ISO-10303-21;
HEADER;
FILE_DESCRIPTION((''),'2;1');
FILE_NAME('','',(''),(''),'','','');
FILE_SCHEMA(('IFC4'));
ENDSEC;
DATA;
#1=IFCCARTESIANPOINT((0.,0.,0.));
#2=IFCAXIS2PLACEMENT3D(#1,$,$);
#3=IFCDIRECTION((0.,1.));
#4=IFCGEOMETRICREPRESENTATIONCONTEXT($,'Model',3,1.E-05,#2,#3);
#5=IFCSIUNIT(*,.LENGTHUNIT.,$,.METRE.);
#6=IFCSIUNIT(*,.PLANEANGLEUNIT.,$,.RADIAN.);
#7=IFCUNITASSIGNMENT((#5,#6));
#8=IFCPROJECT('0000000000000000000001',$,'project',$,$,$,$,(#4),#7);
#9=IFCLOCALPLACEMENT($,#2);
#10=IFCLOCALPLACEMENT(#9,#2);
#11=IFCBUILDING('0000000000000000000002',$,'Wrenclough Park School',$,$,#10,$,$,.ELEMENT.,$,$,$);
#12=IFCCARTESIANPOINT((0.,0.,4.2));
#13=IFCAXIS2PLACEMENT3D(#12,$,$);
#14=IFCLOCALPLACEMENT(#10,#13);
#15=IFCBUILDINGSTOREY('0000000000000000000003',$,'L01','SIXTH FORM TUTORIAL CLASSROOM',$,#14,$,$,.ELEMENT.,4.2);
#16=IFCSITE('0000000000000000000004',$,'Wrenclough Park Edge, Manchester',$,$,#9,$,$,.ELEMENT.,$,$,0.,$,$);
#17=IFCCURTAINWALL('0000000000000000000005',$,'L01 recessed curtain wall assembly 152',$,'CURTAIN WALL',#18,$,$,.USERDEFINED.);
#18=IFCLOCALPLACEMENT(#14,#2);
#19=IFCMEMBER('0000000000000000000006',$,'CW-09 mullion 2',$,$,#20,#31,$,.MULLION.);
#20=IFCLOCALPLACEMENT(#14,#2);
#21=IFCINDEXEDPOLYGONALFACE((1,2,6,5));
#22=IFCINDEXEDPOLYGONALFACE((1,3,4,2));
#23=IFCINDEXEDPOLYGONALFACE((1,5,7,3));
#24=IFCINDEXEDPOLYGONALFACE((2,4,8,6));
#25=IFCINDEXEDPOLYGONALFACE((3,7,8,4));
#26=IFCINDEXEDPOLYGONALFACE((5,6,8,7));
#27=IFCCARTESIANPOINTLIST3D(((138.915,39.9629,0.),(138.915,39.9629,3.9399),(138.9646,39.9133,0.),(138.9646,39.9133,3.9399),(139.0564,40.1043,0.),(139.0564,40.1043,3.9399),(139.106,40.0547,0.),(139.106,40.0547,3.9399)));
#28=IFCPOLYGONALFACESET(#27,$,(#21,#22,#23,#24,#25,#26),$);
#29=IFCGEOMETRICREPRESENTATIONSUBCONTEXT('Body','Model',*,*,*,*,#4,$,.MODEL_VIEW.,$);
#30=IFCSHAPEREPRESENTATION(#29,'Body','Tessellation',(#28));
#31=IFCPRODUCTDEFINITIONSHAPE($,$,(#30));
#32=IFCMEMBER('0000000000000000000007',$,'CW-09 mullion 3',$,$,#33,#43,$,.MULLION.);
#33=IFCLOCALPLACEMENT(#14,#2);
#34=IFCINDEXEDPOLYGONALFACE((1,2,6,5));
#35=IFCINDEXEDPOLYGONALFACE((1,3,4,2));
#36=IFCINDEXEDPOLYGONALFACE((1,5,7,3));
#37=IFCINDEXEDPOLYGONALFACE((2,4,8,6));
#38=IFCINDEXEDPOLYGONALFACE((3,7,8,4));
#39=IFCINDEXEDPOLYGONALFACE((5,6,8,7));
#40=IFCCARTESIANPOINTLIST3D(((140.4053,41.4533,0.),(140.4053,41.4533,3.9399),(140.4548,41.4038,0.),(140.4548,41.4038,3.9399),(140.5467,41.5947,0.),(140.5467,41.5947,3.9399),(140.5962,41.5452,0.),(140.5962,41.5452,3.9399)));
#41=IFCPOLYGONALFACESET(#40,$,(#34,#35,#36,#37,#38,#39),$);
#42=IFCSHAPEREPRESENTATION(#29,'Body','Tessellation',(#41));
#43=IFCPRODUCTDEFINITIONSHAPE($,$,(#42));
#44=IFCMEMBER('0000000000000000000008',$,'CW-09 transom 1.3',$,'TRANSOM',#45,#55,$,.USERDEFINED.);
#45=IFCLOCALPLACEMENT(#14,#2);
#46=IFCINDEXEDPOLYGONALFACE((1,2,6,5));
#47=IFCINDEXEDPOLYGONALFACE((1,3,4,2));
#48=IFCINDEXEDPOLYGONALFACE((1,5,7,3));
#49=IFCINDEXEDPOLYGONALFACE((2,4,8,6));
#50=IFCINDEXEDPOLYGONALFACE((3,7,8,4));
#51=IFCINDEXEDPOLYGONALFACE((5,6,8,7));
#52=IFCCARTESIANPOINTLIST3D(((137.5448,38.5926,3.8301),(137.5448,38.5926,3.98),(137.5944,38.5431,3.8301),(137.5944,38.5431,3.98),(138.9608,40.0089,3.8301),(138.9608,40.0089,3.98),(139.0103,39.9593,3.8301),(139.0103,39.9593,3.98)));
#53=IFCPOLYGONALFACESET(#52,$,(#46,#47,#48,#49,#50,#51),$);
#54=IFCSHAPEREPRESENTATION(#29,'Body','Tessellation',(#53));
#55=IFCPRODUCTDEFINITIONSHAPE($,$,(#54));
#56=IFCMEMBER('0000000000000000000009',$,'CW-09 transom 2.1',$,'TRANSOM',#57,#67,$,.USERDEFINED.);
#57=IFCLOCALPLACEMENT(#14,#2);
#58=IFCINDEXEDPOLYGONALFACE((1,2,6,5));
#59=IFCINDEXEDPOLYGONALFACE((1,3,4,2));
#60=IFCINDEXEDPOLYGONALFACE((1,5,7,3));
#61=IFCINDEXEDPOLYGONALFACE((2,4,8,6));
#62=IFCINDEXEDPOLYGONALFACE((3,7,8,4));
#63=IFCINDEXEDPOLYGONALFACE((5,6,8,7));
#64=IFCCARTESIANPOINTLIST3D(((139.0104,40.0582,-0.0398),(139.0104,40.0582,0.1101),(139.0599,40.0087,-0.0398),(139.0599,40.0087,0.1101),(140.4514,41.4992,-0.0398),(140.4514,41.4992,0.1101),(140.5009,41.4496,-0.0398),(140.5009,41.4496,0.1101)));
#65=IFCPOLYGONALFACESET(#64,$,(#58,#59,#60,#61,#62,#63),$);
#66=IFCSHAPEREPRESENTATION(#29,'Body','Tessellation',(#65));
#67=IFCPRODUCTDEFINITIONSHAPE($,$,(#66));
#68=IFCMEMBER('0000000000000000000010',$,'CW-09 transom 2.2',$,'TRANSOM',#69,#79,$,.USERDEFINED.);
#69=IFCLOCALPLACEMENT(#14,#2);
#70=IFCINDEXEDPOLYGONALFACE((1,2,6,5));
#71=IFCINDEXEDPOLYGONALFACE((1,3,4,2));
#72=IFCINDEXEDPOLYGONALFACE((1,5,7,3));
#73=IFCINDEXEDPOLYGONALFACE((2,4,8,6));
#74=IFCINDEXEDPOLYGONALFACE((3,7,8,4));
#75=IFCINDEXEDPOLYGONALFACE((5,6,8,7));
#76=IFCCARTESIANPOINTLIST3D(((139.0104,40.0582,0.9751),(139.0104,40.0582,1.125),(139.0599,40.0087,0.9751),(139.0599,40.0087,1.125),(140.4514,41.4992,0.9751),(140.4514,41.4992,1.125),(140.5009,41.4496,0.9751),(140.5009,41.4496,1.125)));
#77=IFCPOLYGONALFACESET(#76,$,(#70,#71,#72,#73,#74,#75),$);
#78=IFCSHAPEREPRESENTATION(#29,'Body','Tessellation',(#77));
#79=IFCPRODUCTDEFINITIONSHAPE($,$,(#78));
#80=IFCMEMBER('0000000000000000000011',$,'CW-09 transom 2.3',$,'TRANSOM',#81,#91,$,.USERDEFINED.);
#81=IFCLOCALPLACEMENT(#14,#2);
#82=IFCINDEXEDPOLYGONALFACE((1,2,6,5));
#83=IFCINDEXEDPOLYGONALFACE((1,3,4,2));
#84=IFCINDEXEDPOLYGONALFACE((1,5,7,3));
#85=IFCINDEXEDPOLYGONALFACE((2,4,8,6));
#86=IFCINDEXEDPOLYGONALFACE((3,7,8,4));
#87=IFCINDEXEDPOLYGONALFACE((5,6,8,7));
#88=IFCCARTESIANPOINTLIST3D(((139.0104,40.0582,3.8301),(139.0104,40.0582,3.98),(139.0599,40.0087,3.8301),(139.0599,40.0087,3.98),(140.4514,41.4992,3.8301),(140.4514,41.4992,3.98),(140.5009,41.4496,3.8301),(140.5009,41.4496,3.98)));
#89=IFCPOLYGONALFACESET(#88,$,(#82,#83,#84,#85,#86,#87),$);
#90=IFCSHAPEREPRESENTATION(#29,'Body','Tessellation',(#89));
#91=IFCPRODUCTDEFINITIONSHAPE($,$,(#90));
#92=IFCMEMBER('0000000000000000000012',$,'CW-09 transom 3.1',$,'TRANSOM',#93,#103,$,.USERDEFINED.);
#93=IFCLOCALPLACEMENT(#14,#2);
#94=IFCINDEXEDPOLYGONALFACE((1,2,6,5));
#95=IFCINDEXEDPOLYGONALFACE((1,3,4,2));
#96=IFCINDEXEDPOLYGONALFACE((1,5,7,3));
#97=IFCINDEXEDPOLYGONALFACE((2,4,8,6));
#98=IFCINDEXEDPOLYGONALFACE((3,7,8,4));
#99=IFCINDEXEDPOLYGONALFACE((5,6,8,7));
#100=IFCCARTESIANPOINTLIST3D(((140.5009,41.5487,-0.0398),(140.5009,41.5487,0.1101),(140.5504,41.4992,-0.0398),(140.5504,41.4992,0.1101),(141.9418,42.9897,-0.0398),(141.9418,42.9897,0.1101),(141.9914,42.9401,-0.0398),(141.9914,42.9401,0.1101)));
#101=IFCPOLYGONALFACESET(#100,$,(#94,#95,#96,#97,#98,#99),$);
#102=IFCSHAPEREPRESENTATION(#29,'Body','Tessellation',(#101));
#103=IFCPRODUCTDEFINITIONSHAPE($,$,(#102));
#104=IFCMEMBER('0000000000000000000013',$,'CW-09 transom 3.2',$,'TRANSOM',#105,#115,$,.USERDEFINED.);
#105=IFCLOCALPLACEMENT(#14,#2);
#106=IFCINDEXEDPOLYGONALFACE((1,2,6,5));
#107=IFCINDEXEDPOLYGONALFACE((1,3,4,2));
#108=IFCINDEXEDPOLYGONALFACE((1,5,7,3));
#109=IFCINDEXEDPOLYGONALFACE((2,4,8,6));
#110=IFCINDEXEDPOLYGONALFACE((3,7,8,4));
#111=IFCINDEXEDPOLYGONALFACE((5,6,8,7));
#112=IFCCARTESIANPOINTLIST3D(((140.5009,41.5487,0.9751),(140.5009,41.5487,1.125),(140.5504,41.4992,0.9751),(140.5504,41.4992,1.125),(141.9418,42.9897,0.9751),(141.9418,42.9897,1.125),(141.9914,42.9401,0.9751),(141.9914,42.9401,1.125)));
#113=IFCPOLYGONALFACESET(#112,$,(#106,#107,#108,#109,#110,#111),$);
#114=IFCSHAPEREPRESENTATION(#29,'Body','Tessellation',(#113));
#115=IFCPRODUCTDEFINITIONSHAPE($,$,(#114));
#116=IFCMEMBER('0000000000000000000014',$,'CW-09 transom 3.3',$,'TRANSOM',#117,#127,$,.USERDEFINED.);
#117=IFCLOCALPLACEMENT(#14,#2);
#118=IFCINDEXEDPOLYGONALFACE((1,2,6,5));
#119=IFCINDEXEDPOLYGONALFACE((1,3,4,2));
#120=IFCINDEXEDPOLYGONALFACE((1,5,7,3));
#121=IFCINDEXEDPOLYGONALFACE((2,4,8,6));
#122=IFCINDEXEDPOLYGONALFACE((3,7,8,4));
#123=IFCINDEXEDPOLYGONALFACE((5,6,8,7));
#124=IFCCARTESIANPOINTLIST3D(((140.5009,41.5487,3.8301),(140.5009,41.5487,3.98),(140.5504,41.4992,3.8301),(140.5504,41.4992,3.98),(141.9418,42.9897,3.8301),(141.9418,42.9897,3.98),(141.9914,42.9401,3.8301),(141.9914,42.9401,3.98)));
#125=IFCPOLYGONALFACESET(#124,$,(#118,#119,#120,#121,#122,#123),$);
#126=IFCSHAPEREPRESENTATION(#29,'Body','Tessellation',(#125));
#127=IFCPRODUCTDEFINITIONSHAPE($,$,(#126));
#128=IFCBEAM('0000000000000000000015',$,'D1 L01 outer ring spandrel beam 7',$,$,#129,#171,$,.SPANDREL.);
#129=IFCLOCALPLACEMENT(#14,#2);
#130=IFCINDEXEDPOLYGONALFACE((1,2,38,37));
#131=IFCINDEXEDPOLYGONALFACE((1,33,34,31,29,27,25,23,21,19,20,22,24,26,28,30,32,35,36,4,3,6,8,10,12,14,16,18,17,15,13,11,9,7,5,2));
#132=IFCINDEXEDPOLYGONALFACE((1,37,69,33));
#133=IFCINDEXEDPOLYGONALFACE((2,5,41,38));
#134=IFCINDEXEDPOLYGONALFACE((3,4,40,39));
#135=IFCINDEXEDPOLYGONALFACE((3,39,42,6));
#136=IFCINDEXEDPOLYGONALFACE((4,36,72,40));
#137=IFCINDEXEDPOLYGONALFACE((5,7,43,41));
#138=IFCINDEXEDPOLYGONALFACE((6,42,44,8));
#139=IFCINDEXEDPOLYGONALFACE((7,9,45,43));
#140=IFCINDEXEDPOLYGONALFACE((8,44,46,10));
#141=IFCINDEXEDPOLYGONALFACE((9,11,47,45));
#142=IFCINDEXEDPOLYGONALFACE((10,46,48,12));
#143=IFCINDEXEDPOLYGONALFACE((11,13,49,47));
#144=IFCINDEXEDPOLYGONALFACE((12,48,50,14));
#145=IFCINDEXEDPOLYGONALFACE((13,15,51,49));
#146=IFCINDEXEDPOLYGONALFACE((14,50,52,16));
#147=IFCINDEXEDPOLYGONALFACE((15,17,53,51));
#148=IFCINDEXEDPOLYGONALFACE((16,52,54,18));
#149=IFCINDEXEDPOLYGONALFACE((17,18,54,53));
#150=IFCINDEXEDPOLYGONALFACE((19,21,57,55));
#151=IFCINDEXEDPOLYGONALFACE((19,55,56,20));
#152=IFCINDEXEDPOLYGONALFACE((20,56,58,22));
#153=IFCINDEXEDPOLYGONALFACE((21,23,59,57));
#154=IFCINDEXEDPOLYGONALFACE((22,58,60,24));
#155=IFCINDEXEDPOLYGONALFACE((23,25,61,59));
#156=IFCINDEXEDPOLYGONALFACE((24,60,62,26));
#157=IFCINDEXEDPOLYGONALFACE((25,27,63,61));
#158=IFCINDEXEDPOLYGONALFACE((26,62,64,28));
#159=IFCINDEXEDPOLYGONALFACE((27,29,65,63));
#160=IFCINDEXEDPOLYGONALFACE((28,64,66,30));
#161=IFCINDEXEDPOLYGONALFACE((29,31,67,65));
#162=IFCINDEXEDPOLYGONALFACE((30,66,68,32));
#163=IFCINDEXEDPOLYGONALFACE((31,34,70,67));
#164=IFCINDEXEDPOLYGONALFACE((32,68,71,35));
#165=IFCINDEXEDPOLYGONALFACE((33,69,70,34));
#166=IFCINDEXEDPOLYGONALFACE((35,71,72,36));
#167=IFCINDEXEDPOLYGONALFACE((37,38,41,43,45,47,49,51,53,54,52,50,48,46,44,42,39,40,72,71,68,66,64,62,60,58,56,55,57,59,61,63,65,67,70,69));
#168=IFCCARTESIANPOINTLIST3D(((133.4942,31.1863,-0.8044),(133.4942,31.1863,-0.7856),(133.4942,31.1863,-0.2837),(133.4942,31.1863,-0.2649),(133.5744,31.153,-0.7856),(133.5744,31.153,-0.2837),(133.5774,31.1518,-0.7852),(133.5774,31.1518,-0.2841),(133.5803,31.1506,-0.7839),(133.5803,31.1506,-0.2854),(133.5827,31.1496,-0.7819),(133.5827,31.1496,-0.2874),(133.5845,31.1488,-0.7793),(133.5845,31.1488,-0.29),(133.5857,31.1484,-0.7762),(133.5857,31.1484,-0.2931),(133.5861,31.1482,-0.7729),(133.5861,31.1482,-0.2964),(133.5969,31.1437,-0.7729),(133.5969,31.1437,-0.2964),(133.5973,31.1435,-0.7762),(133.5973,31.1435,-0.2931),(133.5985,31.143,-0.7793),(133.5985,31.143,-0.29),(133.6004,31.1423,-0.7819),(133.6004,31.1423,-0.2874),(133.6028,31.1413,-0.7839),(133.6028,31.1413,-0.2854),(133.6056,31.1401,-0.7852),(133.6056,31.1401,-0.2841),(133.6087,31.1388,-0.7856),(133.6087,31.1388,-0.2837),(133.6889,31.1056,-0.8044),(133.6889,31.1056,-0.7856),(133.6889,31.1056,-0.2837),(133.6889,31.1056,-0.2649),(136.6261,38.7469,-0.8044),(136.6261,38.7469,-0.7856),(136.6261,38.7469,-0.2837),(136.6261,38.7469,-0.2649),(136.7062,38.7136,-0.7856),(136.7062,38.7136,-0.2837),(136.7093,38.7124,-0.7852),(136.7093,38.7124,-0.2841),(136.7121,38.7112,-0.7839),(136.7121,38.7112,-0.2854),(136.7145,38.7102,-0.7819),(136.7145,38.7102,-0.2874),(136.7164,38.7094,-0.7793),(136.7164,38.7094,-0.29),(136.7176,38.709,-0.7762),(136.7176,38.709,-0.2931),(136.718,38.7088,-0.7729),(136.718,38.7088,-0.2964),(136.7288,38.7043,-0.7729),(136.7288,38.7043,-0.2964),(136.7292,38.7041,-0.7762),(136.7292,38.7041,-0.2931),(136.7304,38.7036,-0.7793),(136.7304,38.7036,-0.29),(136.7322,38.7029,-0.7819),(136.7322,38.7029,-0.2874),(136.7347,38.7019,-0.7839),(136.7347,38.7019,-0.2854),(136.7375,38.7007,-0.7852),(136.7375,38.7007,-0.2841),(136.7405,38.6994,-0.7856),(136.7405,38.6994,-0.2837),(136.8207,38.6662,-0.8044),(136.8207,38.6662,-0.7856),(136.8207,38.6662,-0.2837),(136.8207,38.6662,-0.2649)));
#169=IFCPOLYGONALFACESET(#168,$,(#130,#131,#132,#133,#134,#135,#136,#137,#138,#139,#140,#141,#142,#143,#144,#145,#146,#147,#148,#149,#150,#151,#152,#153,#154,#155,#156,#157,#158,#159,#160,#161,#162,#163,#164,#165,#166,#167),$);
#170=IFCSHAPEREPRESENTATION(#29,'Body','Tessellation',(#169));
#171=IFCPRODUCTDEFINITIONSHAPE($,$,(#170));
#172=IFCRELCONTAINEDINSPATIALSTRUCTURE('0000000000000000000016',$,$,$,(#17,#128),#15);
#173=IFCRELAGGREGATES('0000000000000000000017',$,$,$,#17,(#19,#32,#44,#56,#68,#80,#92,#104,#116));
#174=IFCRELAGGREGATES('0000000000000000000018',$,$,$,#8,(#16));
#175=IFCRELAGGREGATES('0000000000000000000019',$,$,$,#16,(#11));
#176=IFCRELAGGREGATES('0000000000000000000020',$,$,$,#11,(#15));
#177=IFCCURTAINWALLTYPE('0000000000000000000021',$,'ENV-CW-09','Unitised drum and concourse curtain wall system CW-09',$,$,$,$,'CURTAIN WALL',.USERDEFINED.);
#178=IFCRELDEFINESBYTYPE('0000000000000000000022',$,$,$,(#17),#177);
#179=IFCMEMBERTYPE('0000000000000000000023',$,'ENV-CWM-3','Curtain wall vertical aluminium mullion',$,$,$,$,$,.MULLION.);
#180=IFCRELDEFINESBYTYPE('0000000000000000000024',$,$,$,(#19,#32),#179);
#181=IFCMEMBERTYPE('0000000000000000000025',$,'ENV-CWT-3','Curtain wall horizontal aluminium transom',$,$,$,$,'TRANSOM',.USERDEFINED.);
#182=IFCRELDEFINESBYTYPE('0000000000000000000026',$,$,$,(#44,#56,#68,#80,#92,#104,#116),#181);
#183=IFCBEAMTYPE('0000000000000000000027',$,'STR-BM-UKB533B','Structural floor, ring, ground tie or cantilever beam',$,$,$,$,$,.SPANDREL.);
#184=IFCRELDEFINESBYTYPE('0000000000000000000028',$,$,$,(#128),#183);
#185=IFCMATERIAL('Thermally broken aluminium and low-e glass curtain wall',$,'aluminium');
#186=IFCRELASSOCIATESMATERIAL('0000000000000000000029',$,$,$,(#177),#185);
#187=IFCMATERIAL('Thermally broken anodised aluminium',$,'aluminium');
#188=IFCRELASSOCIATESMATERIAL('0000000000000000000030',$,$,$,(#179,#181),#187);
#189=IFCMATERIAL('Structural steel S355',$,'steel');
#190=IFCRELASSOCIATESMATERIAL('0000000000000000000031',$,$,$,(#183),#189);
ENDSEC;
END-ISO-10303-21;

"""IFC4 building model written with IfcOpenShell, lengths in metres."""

from ifc_helpers import new_model, si_unit, direction, frame, origin, origin_2d, place, context, subcontext, project, spatial, rectangle, i_section, extrude, material, material_profile, profile_set, type_object, element, aggregate, save


model = new_model("IFC4")

# Units and contexts
model_context = context("Model", 3, precision=1e-05, world=origin(), true_north=direction((0.0, 1.0)))
body_context = subcontext(model_context, "Body", "Model", "MODEL_VIEW")
ifc_project = project(units=[si_unit("LENGTHUNIT", "METRE"), si_unit("PLANEANGLEUNIT", "RADIAN")], contexts=[model_context])

# Site, building, storey
site_placement = place(None, origin())
site = spatial("IfcSite", under=ifc_project, at=site_placement, Name="Wrenclough Park Edge, Manchester", CompositionType="ELEMENT", RefElevation=0.0)
building_placement = place(site_placement, origin())
building = spatial("IfcBuilding", under=site, at=building_placement, Name="Wrenclough Park School", CompositionType="ELEMENT")
storey_placement = place(building_placement, frame((0.0, 0.0, 4.2)))
storey = spatial("IfcBuildingStorey", under=building, at=storey_placement, Name="L01", Description="SIXTH FORM TUTORIAL CLASSROOM", CompositionType="ELEMENT", Elevation=4.2)

# Curtain wall, members
ifc_material_1 = material(Name="Thermally broken aluminium and low-e glass curtain wall", Category="aluminium")
curtain_wall_type = type_object("IfcCurtainWallType", Name="ENV-CW-09", Description="Unitised drum and concourse curtain wall system CW-09", ElementType="CURTAIN WALL", PredefinedType="USERDEFINED", material=ifc_material_1)
curtain_wall_placement = place(storey_placement, origin())
curtain_wall = element("IfcCurtainWall", 1, at=curtain_wall_placement, inside=storey, type_object=curtain_wall_type, Name="L01 recessed curtain wall assembly 152", ObjectType="CURTAIN WALL", PredefinedType="USERDEFINED")
ifc_material_2 = material(Name="Thermally broken anodised aluminium", Category="aluminium")
ifc_material_profile_1 = material_profile(ifc_material_2, rectangle(XDim=0.0701, YDim=0.2, at=origin_2d()), Name="AL MULLION 70x200")
ifc_profile_set_1 = profile_set([ifc_material_profile_1], Name="Thermally broken anodised aluminium")
member_type_1 = type_object("IfcMemberType", Name="ENV-CWM-3", Description="Curtain wall vertical aluminium mullion", PredefinedType="MULLION", material=ifc_profile_set_1)
member_1_placement = place(storey_placement, frame((139.0105, 40.0088, 0.0), z_axis=(0.0, 0.0, 1.0), x_axis=(-0.707107, 0.707107, 0.0)))
member_1 = element("IfcMember", 2, at=member_1_placement, type_object=member_type_1, Name="CW-09 mullion 2", PredefinedType="MULLION", context=body_context, shape_type="SweptSolid", body=[
    extrude(rectangle(XDim=0.0701, YDim=0.2, at=origin_2d()), origin(), (0.0, 0.0, 1.0), 3.9399),
])
member_2_placement = place(storey_placement, frame((140.5007, 41.4993, 0.0), z_axis=(0.0, 0.0, 1.0), x_axis=(-0.707107, 0.707107, 0.0)))
member_2 = element("IfcMember", 3, at=member_2_placement, type_object=member_type_1, Name="CW-09 mullion 3", PredefinedType="MULLION", context=body_context, shape_type="SweptSolid", body=[
    extrude(rectangle(XDim=0.0701, YDim=0.2, at=origin_2d()), origin(), (0.0, 0.0, 1.0), 3.9399),
])
ifc_material_profile_2 = material_profile(ifc_material_2, rectangle(XDim=0.0701, YDim=0.1499, at=origin_2d()), Name="AL TRANSOM 70x150")
ifc_profile_set_2 = profile_set([ifc_material_profile_2], Name="Thermally broken anodised aluminium")
member_type_2 = type_object("IfcMemberType", Name="ENV-CWT-3", Description="Curtain wall horizontal aluminium transom", ElementType="TRANSOM", PredefinedType="USERDEFINED", material=ifc_profile_set_2)
member_3_placement = place(storey_placement, frame((137.5696, 38.5679, 3.905), z_axis=(0.707046, 0.707168, 0.0), x_axis=(-0.707168, 0.707046, 0.0)))
member_3 = element("IfcMember", 4, at=member_3_placement, type_object=member_type_2, Name="CW-09 transom 1.3", ObjectType="TRANSOM", PredefinedType="USERDEFINED", context=body_context, shape_type="SweptSolid", body=[
    extrude(rectangle(XDim=0.0701, YDim=0.1499, at=origin_2d()), origin(), (0.0, 0.0, 1.0), 2.0027),
])
member_4_placement = place(storey_placement, frame((139.0352, 40.0334, 0.0352), z_axis=(0.707107, 0.707107, 0.0), x_axis=(-0.707107, 0.707107, 0.0)))
member_4 = element("IfcMember", 5, at=member_4_placement, type_object=member_type_2, Name="CW-09 transom 2.1", ObjectType="TRANSOM", PredefinedType="USERDEFINED", context=body_context, shape_type="SweptSolid", body=[
    extrude(rectangle(XDim=0.0701, YDim=0.1499, at=origin_2d()), origin(), (0.0, 0.0, 1.0), 2.0378),
])
member_5_placement = place(storey_placement, frame((139.0352, 40.0334, 1.05), z_axis=(0.707107, 0.707107, 0.0), x_axis=(-0.707107, 0.707107, 0.0)))
member_5 = element("IfcMember", 6, at=member_5_placement, type_object=member_type_2, Name="CW-09 transom 2.2", ObjectType="TRANSOM", PredefinedType="USERDEFINED", context=body_context, shape_type="SweptSolid", body=[
    extrude(rectangle(XDim=0.0701, YDim=0.1499, at=origin_2d()), origin(), (0.0, 0.0, 1.0), 2.0378),
])
member_6_placement = place(storey_placement, frame((139.0352, 40.0334, 3.905), z_axis=(0.707107, 0.707107, 0.0), x_axis=(-0.707107, 0.707107, 0.0)))
member_6 = element("IfcMember", 7, at=member_6_placement, type_object=member_type_2, Name="CW-09 transom 2.3", ObjectType="TRANSOM", PredefinedType="USERDEFINED", context=body_context, shape_type="SweptSolid", body=[
    extrude(rectangle(XDim=0.0701, YDim=0.1499, at=origin_2d()), origin(), (0.0, 0.0, 1.0), 2.0378),
])
member_7_placement = place(storey_placement, frame((140.5256, 41.5239, 0.0352), z_axis=(0.707107, 0.707107, 0.0), x_axis=(-0.707107, 0.707107, 0.0)))
member_7 = element("IfcMember", 8, at=member_7_placement, type_object=member_type_2, Name="CW-09 transom 3.1", ObjectType="TRANSOM", PredefinedType="USERDEFINED", context=body_context, shape_type="SweptSolid", body=[
    extrude(rectangle(XDim=0.0701, YDim=0.1499, at=origin_2d()), origin(), (0.0, 0.0, 1.0), 2.0378),
])
member_8_placement = place(storey_placement, frame((140.5256, 41.5239, 1.05), z_axis=(0.707107, 0.707107, 0.0), x_axis=(-0.707107, 0.707107, 0.0)))
member_8 = element("IfcMember", 9, at=member_8_placement, type_object=member_type_2, Name="CW-09 transom 3.2", ObjectType="TRANSOM", PredefinedType="USERDEFINED", context=body_context, shape_type="SweptSolid", body=[
    extrude(rectangle(XDim=0.0701, YDim=0.1499, at=origin_2d()), origin(), (0.0, 0.0, 1.0), 2.0378),
])
member_9_placement = place(storey_placement, frame((140.5256, 41.5239, 3.905), z_axis=(0.707107, 0.707107, 0.0), x_axis=(-0.707107, 0.707107, 0.0)))
member_9 = element("IfcMember", 10, at=member_9_placement, type_object=member_type_2, Name="CW-09 transom 3.3", ObjectType="TRANSOM", PredefinedType="USERDEFINED", context=body_context, shape_type="SweptSolid", body=[
    extrude(rectangle(XDim=0.0701, YDim=0.1499, at=origin_2d()), origin(), (0.0, 0.0, 1.0), 2.0378),
])

# Beam
ifc_material_3 = material(Name="Structural steel S355", Category="steel")
ifc_material_profile_3 = material_profile(ifc_material_3, i_section(OverallWidth=0.2107, OverallDepth=0.5396, WebThickness=0.0117, FlangeThickness=0.0188, FilletRadius=0.0127, at=origin_2d()), Name="UKB 533x210x109")
ifc_profile_set_3 = profile_set([ifc_material_profile_3], Name="Structural steel S355")
beam_type_1 = type_object("IfcBeamType", Name="STR-BM-UKB533B", Description="Structural floor, ring, ground tie or cantilever beam", PredefinedType="SPANDREL", material=ifc_profile_set_3)
beam_1_placement = place(storey_placement, frame((136.7234, 38.7065, -0.5347), z_axis=(-0.3827, -0.923873, 0.0), x_axis=(0.923873, -0.3827, 0.0)))
element("IfcBeam", 11, at=beam_1_placement, inside=storey, type_object=beam_type_1, Name="D1 L01 outer ring spandrel beam 7", PredefinedType="SPANDREL", context=body_context, shape_type="SweptSolid", body=[
    extrude(i_section(OverallWidth=0.2107, OverallDepth=0.5396, WebThickness=0.0117, FlangeThickness=0.0188, FilletRadius=0.0127, at=origin_2d()), origin(), (0.0, 0.0, 1.0), 8.1836),
])

aggregate(curtain_wall, [member_1, member_2, member_3, member_4, member_5, member_6, member_7, member_8, member_9])

save(model, "model.ifc")
